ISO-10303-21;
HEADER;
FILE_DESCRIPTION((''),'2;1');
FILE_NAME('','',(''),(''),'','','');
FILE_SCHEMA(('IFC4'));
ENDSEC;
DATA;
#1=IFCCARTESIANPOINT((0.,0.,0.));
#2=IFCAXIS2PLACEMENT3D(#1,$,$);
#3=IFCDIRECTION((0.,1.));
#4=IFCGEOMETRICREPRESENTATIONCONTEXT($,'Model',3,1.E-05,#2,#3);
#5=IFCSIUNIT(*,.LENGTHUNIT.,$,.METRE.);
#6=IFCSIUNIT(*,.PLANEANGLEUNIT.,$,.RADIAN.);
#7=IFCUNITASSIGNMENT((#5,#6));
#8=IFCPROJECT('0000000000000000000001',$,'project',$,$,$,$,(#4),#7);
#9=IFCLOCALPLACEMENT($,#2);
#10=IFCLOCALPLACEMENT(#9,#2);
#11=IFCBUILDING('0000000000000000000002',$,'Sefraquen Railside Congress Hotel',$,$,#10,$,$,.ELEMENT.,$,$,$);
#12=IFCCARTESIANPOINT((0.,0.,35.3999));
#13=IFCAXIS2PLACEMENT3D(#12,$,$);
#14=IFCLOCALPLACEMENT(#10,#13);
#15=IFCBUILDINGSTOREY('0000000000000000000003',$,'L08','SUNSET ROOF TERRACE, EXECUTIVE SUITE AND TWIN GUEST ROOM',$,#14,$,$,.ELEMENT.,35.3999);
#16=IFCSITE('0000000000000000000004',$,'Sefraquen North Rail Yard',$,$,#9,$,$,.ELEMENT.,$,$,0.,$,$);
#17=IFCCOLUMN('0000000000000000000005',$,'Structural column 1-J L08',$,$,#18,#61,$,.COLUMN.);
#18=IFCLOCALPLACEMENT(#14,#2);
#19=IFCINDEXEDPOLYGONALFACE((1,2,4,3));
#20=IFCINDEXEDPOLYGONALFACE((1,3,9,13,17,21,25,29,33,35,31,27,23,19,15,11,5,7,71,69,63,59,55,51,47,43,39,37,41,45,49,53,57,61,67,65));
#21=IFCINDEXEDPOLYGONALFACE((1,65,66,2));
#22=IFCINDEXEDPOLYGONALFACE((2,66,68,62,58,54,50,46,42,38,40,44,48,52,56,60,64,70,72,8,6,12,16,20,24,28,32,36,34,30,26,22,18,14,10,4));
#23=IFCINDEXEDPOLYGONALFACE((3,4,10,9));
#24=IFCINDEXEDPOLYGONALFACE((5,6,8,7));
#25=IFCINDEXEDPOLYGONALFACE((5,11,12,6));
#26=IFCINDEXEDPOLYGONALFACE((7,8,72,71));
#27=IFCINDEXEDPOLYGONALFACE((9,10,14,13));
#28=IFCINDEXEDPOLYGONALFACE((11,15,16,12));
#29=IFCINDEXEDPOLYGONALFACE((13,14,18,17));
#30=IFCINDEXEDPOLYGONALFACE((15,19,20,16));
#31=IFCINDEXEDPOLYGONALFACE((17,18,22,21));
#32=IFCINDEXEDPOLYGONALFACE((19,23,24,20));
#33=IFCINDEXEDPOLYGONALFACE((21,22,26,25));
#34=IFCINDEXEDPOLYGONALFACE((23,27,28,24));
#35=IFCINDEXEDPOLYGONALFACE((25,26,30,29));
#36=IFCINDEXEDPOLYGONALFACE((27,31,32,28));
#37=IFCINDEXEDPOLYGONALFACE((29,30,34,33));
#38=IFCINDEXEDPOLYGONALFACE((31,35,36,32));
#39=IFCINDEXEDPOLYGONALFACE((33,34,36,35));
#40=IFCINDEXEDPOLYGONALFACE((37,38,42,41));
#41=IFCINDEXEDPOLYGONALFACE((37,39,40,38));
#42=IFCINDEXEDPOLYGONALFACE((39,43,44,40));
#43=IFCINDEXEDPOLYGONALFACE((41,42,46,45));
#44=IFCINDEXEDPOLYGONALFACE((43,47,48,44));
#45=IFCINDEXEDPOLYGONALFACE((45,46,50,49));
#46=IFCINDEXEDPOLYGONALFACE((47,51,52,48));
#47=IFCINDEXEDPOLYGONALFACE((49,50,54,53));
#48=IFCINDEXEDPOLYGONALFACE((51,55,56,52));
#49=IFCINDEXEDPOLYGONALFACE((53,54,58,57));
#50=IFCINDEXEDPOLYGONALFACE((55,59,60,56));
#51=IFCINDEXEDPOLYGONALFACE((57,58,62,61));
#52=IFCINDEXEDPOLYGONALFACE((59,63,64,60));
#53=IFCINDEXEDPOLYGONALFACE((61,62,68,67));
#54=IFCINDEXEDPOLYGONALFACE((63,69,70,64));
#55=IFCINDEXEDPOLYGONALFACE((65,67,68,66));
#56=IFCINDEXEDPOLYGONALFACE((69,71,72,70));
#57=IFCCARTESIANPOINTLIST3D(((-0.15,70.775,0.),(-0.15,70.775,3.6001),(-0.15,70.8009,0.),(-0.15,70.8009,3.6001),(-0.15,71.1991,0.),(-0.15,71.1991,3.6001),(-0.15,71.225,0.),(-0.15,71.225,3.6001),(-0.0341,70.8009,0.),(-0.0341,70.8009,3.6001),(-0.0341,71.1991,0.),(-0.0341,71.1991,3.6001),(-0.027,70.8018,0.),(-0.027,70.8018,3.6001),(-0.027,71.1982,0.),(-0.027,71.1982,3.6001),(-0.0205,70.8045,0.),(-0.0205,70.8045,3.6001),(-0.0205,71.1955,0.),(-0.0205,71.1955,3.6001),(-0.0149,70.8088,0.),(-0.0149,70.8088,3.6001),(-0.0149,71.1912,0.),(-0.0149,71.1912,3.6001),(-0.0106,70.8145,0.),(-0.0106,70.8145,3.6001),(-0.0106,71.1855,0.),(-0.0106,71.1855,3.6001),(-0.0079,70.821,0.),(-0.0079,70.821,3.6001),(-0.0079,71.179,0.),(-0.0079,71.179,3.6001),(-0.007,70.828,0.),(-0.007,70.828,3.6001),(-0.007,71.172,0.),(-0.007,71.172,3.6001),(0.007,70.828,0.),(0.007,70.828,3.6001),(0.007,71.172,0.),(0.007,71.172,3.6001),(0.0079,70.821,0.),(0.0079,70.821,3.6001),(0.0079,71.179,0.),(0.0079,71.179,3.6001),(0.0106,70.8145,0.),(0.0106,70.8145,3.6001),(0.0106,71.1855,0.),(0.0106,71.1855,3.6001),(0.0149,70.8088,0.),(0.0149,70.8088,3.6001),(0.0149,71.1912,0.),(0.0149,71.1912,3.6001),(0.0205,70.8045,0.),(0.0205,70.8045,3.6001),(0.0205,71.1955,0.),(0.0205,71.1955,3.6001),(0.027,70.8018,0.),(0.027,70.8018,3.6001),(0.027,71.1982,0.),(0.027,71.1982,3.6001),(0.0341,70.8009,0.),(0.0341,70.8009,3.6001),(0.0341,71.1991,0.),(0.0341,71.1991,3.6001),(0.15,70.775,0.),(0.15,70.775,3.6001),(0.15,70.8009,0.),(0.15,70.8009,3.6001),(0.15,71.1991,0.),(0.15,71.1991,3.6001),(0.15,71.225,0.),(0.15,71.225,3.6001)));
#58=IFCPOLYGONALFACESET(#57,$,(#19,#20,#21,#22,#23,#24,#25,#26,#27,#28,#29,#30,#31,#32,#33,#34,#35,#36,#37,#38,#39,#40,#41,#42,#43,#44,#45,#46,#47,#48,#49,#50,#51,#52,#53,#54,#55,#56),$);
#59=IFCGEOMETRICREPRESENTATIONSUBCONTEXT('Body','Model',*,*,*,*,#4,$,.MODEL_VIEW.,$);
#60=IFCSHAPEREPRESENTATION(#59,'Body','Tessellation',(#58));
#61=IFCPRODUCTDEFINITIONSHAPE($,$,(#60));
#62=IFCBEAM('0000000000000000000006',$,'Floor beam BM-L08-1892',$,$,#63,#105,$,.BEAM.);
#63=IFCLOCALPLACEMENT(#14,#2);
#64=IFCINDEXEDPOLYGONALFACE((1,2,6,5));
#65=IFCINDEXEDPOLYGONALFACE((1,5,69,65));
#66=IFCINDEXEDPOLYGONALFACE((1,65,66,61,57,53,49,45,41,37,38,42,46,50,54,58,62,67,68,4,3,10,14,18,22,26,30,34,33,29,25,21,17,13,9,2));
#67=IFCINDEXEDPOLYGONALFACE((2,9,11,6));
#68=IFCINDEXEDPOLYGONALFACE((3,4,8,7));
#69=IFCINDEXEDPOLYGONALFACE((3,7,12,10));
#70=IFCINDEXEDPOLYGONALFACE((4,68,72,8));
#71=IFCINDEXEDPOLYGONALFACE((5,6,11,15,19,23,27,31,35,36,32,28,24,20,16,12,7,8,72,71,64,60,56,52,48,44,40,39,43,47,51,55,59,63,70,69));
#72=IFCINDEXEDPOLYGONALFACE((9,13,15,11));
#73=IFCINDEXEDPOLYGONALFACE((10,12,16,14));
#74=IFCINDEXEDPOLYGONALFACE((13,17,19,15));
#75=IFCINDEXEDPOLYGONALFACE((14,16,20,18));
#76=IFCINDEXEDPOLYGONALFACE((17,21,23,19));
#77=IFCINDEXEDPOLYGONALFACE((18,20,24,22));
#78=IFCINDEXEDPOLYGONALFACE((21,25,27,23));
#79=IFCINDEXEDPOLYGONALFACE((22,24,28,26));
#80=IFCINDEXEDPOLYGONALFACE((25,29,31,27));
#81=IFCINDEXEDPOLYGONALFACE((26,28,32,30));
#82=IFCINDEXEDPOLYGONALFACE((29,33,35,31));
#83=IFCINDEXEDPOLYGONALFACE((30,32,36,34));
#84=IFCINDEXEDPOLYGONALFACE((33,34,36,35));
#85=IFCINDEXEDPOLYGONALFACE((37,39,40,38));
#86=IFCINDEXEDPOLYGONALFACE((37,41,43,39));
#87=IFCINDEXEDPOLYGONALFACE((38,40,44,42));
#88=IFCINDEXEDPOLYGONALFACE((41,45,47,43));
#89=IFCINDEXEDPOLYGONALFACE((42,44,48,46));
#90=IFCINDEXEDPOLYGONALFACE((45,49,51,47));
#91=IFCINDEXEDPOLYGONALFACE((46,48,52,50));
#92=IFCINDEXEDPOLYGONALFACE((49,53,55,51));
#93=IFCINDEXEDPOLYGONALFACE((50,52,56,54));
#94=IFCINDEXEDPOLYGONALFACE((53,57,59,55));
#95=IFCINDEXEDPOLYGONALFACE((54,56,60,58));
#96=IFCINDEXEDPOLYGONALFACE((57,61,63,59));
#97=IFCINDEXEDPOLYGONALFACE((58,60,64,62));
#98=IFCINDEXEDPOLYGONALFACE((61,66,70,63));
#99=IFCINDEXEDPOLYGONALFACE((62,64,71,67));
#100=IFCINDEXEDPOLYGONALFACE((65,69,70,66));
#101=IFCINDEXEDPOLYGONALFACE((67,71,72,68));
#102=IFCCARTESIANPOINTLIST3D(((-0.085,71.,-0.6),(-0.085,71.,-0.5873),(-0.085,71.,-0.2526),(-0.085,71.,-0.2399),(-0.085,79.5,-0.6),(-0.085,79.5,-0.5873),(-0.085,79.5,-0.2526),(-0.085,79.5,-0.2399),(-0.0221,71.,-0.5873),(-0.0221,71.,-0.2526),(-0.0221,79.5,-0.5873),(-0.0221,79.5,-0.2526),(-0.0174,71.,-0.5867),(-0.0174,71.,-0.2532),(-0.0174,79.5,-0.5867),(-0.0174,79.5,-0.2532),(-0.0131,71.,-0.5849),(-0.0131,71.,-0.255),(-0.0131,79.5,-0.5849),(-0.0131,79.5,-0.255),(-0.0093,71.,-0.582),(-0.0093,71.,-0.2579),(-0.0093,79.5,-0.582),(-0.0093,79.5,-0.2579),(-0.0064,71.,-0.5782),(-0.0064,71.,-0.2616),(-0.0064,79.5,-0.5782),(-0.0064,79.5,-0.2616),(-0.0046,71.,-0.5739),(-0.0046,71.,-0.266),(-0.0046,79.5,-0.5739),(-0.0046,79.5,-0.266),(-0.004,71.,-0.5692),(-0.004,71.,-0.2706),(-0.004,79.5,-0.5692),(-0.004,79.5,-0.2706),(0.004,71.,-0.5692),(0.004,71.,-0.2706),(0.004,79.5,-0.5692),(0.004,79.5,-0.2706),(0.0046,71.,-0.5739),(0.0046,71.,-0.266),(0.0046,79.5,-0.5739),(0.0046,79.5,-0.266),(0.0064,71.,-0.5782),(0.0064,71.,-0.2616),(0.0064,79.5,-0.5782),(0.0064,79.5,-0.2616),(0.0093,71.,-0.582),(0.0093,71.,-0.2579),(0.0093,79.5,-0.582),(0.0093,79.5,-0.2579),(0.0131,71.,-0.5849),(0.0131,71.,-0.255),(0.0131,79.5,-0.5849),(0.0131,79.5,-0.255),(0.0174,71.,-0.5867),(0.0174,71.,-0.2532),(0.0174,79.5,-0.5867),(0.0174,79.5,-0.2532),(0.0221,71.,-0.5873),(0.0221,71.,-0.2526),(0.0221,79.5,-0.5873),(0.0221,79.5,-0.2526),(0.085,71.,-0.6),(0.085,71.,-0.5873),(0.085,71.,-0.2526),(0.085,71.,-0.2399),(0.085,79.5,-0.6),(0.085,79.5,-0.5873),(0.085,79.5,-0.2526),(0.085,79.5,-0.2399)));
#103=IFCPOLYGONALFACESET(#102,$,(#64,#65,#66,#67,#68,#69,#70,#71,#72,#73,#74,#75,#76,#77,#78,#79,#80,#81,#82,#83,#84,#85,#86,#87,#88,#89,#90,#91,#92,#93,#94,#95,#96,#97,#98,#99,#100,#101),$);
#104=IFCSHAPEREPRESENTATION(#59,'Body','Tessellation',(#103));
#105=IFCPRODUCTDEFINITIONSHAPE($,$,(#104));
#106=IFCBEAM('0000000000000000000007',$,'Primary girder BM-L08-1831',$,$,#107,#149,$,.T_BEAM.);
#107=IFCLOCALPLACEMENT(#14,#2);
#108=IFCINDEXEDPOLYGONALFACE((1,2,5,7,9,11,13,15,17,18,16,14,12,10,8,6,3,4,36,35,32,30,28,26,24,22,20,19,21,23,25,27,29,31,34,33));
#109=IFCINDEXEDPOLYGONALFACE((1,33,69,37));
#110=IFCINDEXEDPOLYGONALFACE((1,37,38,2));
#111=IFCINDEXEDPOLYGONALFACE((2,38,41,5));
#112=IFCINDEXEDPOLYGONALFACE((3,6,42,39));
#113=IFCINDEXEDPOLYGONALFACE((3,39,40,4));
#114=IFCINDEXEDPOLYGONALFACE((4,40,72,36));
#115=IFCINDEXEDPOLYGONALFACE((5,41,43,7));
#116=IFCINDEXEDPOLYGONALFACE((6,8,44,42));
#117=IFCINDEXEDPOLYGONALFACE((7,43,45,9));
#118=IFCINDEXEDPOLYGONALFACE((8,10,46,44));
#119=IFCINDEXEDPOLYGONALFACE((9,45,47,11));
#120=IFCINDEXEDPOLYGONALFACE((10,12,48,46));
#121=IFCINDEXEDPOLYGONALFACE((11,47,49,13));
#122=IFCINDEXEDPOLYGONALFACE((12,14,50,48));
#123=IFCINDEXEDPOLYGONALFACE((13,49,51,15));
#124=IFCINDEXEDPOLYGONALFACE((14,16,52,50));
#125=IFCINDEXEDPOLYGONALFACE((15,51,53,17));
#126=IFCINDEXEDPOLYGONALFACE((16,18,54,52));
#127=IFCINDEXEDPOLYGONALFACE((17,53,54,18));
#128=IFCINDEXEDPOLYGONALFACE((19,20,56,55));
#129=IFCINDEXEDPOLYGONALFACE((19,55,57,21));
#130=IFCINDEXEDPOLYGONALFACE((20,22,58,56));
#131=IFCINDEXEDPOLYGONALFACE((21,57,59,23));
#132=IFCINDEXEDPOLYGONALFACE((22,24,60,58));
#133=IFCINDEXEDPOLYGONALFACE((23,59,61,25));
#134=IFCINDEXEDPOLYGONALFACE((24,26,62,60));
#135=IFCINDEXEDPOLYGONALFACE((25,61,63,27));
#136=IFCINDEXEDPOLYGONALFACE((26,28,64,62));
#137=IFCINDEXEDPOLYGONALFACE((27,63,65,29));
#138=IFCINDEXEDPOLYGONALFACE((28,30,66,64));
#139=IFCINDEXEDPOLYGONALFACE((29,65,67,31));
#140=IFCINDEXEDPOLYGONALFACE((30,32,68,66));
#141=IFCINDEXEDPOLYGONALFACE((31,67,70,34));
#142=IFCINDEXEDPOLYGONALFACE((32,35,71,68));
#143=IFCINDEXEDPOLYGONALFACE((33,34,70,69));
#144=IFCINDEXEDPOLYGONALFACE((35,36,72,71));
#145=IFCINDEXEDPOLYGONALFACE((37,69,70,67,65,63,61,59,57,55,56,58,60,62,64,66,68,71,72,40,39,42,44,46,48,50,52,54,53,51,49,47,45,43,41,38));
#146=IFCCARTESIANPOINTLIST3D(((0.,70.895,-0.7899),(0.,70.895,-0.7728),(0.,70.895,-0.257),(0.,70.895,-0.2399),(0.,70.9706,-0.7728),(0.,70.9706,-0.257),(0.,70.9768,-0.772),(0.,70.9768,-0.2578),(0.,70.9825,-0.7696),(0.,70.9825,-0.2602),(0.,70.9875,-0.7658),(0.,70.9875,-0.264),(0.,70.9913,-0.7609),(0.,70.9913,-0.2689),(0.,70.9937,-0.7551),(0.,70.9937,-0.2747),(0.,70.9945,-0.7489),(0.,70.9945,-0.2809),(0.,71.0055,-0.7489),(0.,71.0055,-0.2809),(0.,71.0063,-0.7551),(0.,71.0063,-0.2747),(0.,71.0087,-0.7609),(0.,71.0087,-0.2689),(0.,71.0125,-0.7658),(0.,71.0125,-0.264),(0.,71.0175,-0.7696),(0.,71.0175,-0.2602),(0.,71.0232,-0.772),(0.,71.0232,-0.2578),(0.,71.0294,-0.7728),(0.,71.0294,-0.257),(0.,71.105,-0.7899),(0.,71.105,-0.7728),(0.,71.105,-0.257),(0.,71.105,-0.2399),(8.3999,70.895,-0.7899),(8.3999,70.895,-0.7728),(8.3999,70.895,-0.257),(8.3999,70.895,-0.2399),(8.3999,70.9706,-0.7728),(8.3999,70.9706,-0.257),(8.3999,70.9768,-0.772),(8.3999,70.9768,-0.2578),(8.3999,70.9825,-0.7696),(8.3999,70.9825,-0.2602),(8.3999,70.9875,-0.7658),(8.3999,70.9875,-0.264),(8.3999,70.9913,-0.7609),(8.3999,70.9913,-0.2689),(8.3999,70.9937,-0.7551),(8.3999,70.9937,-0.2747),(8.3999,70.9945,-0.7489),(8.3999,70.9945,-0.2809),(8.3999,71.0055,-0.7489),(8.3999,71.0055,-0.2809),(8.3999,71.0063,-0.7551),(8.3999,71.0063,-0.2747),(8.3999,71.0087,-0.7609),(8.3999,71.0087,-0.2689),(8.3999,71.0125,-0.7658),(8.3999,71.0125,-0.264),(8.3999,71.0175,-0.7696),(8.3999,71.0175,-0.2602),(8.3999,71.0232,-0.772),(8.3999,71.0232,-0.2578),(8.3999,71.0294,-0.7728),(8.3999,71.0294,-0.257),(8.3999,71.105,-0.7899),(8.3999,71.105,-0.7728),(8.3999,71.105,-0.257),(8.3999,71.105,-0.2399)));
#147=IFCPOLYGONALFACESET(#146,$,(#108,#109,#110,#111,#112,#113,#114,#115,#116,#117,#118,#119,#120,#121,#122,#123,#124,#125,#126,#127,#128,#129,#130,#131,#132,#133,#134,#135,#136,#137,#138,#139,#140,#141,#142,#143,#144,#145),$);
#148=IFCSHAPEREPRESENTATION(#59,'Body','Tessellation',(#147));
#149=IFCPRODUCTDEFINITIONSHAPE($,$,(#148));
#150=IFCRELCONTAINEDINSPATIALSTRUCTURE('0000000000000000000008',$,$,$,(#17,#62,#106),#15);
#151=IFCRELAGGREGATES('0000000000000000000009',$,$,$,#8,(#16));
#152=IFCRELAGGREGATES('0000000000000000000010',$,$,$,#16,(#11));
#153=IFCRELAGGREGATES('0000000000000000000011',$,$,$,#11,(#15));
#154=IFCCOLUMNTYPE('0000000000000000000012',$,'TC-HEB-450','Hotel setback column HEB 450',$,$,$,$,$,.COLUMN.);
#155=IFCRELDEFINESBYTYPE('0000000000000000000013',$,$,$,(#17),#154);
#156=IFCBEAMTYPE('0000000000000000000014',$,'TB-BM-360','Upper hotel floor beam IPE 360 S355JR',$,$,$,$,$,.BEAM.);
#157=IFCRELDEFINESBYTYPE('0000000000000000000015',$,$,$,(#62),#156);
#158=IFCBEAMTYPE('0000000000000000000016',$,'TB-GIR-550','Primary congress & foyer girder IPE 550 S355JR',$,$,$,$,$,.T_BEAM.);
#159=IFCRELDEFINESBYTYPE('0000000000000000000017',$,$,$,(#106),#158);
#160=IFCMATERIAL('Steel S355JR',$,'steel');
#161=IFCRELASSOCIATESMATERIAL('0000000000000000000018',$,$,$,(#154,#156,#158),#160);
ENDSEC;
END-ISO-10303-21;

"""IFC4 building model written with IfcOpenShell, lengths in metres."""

from ifc_helpers import new_model, si_unit, direction, frame, origin, origin_2d, place, context, subcontext, project, spatial, i_section, extrude, material, material_profile, profile_set, type_object, element, save


model = new_model("IFC4")

# Units and contexts
model_context = context("Model", 3, precision=1e-05, world=origin(), true_north=direction((0.0, 1.0)))
body_context = subcontext(model_context, "Body", "Model", "MODEL_VIEW")
ifc_project = project(units=[si_unit("LENGTHUNIT", "METRE"), si_unit("PLANEANGLEUNIT", "RADIAN")], contexts=[model_context])

# Site, building, storey
site_placement = place(None, origin())
site = spatial("IfcSite", under=ifc_project, at=site_placement, Name="Sefraquen North Rail Yard", CompositionType="ELEMENT", RefElevation=0.0)
building_placement = place(site_placement, origin())
building = spatial("IfcBuilding", under=site, at=building_placement, Name="Sefraquen Railside Congress Hotel", CompositionType="ELEMENT")
storey_placement = place(building_placement, frame((0.0, 0.0, 35.3999)))
storey = spatial("IfcBuildingStorey", under=building, at=storey_placement, Name="L08", Description="SUNSET ROOF TERRACE, EXECUTIVE SUITE AND TWIN GUEST ROOM", CompositionType="ELEMENT", Elevation=35.3999)

# Column
ifc_material_1 = material(Name="Steel S355JR", Category="steel")
ifc_material_profile_1 = material_profile(ifc_material_1, i_section(OverallWidth=0.3, OverallDepth=0.45, WebThickness=0.0139, FlangeThickness=0.0259, FilletRadius=0.0271, at=origin_2d()), Name="HEB 450")
ifc_profile_set_1 = profile_set([ifc_material_profile_1], Name="Steel S355JR")
column_type = type_object("IfcColumnType", Name="TC-HEB-450", Description="Hotel setback column HEB 450", PredefinedType="COLUMN", material=ifc_profile_set_1)
column_placement = place(storey_placement, frame((0.0, 71.0, 0.0), z_axis=(0.0, 0.0, 1.0), x_axis=(1.0, 0.0, 0.0)))
element("IfcColumn", 1, at=column_placement, inside=storey, type_object=column_type, Name="Structural column 1-J L08", PredefinedType="COLUMN", context=body_context, shape_type="SweptSolid", body=[
    extrude(i_section(OverallWidth=0.3, OverallDepth=0.45, WebThickness=0.0139, FlangeThickness=0.0259, FilletRadius=0.0271, at=origin_2d()), origin(), (0.0, 0.0, 1.0), 3.6001),
])

# Beams
ifc_material_profile_2 = material_profile(ifc_material_1, i_section(OverallWidth=0.1699, OverallDepth=0.3601, WebThickness=0.0081, FlangeThickness=0.0127, FilletRadius=0.0181, at=origin_2d()), Name="IPE 360")
ifc_profile_set_2 = profile_set([ifc_material_profile_2], Name="Steel S355JR")
beam_type_1 = type_object("IfcBeamType", Name="TB-BM-360", Description="Upper hotel floor beam IPE 360 S355JR", PredefinedType="BEAM", material=ifc_profile_set_2)
beam_1_placement = place(storey_placement, frame((0.0, 71.0, -0.4199), z_axis=(0.0, 1.0, 0.0), x_axis=(-1.0, 0.0, 0.0)))
element("IfcBeam", 2, at=beam_1_placement, inside=storey, type_object=beam_type_1, Name="Floor beam BM-L08-1892", PredefinedType="BEAM", context=body_context, shape_type="SweptSolid", body=[
    extrude(i_section(OverallWidth=0.1699, OverallDepth=0.3601, WebThickness=0.0081, FlangeThickness=0.0127, FilletRadius=0.0181, at=origin_2d()), origin(), (0.0, 0.0, 1.0), 8.5),
])
ifc_material_profile_3 = material_profile(ifc_material_1, i_section(OverallWidth=0.21, OverallDepth=0.55, WebThickness=0.011, FlangeThickness=0.0171, FilletRadius=0.0239, at=origin_2d()), Name="IPE 550")
ifc_profile_set_3 = profile_set([ifc_material_profile_3], Name="Steel S355JR")
beam_type_2 = type_object("IfcBeamType", Name="TB-GIR-550", Description="Primary congress & foyer girder IPE 550 S355JR", PredefinedType="T_BEAM", material=ifc_profile_set_3)
beam_2_placement = place(storey_placement, frame((0.0, 71.0, -0.5149), z_axis=(1.0, 0.0, 0.0), x_axis=(0.0, 1.0, 0.0)))
element("IfcBeam", 3, at=beam_2_placement, inside=storey, type_object=beam_type_2, Name="Primary girder BM-L08-1831", PredefinedType="T_BEAM", context=body_context, shape_type="SweptSolid", body=[
    extrude(i_section(OverallWidth=0.21, OverallDepth=0.55, WebThickness=0.011, FlangeThickness=0.0171, FilletRadius=0.0239, at=origin_2d()), origin(), (0.0, 0.0, 1.0), 8.3999),
])

save(model, "model.ifc")
